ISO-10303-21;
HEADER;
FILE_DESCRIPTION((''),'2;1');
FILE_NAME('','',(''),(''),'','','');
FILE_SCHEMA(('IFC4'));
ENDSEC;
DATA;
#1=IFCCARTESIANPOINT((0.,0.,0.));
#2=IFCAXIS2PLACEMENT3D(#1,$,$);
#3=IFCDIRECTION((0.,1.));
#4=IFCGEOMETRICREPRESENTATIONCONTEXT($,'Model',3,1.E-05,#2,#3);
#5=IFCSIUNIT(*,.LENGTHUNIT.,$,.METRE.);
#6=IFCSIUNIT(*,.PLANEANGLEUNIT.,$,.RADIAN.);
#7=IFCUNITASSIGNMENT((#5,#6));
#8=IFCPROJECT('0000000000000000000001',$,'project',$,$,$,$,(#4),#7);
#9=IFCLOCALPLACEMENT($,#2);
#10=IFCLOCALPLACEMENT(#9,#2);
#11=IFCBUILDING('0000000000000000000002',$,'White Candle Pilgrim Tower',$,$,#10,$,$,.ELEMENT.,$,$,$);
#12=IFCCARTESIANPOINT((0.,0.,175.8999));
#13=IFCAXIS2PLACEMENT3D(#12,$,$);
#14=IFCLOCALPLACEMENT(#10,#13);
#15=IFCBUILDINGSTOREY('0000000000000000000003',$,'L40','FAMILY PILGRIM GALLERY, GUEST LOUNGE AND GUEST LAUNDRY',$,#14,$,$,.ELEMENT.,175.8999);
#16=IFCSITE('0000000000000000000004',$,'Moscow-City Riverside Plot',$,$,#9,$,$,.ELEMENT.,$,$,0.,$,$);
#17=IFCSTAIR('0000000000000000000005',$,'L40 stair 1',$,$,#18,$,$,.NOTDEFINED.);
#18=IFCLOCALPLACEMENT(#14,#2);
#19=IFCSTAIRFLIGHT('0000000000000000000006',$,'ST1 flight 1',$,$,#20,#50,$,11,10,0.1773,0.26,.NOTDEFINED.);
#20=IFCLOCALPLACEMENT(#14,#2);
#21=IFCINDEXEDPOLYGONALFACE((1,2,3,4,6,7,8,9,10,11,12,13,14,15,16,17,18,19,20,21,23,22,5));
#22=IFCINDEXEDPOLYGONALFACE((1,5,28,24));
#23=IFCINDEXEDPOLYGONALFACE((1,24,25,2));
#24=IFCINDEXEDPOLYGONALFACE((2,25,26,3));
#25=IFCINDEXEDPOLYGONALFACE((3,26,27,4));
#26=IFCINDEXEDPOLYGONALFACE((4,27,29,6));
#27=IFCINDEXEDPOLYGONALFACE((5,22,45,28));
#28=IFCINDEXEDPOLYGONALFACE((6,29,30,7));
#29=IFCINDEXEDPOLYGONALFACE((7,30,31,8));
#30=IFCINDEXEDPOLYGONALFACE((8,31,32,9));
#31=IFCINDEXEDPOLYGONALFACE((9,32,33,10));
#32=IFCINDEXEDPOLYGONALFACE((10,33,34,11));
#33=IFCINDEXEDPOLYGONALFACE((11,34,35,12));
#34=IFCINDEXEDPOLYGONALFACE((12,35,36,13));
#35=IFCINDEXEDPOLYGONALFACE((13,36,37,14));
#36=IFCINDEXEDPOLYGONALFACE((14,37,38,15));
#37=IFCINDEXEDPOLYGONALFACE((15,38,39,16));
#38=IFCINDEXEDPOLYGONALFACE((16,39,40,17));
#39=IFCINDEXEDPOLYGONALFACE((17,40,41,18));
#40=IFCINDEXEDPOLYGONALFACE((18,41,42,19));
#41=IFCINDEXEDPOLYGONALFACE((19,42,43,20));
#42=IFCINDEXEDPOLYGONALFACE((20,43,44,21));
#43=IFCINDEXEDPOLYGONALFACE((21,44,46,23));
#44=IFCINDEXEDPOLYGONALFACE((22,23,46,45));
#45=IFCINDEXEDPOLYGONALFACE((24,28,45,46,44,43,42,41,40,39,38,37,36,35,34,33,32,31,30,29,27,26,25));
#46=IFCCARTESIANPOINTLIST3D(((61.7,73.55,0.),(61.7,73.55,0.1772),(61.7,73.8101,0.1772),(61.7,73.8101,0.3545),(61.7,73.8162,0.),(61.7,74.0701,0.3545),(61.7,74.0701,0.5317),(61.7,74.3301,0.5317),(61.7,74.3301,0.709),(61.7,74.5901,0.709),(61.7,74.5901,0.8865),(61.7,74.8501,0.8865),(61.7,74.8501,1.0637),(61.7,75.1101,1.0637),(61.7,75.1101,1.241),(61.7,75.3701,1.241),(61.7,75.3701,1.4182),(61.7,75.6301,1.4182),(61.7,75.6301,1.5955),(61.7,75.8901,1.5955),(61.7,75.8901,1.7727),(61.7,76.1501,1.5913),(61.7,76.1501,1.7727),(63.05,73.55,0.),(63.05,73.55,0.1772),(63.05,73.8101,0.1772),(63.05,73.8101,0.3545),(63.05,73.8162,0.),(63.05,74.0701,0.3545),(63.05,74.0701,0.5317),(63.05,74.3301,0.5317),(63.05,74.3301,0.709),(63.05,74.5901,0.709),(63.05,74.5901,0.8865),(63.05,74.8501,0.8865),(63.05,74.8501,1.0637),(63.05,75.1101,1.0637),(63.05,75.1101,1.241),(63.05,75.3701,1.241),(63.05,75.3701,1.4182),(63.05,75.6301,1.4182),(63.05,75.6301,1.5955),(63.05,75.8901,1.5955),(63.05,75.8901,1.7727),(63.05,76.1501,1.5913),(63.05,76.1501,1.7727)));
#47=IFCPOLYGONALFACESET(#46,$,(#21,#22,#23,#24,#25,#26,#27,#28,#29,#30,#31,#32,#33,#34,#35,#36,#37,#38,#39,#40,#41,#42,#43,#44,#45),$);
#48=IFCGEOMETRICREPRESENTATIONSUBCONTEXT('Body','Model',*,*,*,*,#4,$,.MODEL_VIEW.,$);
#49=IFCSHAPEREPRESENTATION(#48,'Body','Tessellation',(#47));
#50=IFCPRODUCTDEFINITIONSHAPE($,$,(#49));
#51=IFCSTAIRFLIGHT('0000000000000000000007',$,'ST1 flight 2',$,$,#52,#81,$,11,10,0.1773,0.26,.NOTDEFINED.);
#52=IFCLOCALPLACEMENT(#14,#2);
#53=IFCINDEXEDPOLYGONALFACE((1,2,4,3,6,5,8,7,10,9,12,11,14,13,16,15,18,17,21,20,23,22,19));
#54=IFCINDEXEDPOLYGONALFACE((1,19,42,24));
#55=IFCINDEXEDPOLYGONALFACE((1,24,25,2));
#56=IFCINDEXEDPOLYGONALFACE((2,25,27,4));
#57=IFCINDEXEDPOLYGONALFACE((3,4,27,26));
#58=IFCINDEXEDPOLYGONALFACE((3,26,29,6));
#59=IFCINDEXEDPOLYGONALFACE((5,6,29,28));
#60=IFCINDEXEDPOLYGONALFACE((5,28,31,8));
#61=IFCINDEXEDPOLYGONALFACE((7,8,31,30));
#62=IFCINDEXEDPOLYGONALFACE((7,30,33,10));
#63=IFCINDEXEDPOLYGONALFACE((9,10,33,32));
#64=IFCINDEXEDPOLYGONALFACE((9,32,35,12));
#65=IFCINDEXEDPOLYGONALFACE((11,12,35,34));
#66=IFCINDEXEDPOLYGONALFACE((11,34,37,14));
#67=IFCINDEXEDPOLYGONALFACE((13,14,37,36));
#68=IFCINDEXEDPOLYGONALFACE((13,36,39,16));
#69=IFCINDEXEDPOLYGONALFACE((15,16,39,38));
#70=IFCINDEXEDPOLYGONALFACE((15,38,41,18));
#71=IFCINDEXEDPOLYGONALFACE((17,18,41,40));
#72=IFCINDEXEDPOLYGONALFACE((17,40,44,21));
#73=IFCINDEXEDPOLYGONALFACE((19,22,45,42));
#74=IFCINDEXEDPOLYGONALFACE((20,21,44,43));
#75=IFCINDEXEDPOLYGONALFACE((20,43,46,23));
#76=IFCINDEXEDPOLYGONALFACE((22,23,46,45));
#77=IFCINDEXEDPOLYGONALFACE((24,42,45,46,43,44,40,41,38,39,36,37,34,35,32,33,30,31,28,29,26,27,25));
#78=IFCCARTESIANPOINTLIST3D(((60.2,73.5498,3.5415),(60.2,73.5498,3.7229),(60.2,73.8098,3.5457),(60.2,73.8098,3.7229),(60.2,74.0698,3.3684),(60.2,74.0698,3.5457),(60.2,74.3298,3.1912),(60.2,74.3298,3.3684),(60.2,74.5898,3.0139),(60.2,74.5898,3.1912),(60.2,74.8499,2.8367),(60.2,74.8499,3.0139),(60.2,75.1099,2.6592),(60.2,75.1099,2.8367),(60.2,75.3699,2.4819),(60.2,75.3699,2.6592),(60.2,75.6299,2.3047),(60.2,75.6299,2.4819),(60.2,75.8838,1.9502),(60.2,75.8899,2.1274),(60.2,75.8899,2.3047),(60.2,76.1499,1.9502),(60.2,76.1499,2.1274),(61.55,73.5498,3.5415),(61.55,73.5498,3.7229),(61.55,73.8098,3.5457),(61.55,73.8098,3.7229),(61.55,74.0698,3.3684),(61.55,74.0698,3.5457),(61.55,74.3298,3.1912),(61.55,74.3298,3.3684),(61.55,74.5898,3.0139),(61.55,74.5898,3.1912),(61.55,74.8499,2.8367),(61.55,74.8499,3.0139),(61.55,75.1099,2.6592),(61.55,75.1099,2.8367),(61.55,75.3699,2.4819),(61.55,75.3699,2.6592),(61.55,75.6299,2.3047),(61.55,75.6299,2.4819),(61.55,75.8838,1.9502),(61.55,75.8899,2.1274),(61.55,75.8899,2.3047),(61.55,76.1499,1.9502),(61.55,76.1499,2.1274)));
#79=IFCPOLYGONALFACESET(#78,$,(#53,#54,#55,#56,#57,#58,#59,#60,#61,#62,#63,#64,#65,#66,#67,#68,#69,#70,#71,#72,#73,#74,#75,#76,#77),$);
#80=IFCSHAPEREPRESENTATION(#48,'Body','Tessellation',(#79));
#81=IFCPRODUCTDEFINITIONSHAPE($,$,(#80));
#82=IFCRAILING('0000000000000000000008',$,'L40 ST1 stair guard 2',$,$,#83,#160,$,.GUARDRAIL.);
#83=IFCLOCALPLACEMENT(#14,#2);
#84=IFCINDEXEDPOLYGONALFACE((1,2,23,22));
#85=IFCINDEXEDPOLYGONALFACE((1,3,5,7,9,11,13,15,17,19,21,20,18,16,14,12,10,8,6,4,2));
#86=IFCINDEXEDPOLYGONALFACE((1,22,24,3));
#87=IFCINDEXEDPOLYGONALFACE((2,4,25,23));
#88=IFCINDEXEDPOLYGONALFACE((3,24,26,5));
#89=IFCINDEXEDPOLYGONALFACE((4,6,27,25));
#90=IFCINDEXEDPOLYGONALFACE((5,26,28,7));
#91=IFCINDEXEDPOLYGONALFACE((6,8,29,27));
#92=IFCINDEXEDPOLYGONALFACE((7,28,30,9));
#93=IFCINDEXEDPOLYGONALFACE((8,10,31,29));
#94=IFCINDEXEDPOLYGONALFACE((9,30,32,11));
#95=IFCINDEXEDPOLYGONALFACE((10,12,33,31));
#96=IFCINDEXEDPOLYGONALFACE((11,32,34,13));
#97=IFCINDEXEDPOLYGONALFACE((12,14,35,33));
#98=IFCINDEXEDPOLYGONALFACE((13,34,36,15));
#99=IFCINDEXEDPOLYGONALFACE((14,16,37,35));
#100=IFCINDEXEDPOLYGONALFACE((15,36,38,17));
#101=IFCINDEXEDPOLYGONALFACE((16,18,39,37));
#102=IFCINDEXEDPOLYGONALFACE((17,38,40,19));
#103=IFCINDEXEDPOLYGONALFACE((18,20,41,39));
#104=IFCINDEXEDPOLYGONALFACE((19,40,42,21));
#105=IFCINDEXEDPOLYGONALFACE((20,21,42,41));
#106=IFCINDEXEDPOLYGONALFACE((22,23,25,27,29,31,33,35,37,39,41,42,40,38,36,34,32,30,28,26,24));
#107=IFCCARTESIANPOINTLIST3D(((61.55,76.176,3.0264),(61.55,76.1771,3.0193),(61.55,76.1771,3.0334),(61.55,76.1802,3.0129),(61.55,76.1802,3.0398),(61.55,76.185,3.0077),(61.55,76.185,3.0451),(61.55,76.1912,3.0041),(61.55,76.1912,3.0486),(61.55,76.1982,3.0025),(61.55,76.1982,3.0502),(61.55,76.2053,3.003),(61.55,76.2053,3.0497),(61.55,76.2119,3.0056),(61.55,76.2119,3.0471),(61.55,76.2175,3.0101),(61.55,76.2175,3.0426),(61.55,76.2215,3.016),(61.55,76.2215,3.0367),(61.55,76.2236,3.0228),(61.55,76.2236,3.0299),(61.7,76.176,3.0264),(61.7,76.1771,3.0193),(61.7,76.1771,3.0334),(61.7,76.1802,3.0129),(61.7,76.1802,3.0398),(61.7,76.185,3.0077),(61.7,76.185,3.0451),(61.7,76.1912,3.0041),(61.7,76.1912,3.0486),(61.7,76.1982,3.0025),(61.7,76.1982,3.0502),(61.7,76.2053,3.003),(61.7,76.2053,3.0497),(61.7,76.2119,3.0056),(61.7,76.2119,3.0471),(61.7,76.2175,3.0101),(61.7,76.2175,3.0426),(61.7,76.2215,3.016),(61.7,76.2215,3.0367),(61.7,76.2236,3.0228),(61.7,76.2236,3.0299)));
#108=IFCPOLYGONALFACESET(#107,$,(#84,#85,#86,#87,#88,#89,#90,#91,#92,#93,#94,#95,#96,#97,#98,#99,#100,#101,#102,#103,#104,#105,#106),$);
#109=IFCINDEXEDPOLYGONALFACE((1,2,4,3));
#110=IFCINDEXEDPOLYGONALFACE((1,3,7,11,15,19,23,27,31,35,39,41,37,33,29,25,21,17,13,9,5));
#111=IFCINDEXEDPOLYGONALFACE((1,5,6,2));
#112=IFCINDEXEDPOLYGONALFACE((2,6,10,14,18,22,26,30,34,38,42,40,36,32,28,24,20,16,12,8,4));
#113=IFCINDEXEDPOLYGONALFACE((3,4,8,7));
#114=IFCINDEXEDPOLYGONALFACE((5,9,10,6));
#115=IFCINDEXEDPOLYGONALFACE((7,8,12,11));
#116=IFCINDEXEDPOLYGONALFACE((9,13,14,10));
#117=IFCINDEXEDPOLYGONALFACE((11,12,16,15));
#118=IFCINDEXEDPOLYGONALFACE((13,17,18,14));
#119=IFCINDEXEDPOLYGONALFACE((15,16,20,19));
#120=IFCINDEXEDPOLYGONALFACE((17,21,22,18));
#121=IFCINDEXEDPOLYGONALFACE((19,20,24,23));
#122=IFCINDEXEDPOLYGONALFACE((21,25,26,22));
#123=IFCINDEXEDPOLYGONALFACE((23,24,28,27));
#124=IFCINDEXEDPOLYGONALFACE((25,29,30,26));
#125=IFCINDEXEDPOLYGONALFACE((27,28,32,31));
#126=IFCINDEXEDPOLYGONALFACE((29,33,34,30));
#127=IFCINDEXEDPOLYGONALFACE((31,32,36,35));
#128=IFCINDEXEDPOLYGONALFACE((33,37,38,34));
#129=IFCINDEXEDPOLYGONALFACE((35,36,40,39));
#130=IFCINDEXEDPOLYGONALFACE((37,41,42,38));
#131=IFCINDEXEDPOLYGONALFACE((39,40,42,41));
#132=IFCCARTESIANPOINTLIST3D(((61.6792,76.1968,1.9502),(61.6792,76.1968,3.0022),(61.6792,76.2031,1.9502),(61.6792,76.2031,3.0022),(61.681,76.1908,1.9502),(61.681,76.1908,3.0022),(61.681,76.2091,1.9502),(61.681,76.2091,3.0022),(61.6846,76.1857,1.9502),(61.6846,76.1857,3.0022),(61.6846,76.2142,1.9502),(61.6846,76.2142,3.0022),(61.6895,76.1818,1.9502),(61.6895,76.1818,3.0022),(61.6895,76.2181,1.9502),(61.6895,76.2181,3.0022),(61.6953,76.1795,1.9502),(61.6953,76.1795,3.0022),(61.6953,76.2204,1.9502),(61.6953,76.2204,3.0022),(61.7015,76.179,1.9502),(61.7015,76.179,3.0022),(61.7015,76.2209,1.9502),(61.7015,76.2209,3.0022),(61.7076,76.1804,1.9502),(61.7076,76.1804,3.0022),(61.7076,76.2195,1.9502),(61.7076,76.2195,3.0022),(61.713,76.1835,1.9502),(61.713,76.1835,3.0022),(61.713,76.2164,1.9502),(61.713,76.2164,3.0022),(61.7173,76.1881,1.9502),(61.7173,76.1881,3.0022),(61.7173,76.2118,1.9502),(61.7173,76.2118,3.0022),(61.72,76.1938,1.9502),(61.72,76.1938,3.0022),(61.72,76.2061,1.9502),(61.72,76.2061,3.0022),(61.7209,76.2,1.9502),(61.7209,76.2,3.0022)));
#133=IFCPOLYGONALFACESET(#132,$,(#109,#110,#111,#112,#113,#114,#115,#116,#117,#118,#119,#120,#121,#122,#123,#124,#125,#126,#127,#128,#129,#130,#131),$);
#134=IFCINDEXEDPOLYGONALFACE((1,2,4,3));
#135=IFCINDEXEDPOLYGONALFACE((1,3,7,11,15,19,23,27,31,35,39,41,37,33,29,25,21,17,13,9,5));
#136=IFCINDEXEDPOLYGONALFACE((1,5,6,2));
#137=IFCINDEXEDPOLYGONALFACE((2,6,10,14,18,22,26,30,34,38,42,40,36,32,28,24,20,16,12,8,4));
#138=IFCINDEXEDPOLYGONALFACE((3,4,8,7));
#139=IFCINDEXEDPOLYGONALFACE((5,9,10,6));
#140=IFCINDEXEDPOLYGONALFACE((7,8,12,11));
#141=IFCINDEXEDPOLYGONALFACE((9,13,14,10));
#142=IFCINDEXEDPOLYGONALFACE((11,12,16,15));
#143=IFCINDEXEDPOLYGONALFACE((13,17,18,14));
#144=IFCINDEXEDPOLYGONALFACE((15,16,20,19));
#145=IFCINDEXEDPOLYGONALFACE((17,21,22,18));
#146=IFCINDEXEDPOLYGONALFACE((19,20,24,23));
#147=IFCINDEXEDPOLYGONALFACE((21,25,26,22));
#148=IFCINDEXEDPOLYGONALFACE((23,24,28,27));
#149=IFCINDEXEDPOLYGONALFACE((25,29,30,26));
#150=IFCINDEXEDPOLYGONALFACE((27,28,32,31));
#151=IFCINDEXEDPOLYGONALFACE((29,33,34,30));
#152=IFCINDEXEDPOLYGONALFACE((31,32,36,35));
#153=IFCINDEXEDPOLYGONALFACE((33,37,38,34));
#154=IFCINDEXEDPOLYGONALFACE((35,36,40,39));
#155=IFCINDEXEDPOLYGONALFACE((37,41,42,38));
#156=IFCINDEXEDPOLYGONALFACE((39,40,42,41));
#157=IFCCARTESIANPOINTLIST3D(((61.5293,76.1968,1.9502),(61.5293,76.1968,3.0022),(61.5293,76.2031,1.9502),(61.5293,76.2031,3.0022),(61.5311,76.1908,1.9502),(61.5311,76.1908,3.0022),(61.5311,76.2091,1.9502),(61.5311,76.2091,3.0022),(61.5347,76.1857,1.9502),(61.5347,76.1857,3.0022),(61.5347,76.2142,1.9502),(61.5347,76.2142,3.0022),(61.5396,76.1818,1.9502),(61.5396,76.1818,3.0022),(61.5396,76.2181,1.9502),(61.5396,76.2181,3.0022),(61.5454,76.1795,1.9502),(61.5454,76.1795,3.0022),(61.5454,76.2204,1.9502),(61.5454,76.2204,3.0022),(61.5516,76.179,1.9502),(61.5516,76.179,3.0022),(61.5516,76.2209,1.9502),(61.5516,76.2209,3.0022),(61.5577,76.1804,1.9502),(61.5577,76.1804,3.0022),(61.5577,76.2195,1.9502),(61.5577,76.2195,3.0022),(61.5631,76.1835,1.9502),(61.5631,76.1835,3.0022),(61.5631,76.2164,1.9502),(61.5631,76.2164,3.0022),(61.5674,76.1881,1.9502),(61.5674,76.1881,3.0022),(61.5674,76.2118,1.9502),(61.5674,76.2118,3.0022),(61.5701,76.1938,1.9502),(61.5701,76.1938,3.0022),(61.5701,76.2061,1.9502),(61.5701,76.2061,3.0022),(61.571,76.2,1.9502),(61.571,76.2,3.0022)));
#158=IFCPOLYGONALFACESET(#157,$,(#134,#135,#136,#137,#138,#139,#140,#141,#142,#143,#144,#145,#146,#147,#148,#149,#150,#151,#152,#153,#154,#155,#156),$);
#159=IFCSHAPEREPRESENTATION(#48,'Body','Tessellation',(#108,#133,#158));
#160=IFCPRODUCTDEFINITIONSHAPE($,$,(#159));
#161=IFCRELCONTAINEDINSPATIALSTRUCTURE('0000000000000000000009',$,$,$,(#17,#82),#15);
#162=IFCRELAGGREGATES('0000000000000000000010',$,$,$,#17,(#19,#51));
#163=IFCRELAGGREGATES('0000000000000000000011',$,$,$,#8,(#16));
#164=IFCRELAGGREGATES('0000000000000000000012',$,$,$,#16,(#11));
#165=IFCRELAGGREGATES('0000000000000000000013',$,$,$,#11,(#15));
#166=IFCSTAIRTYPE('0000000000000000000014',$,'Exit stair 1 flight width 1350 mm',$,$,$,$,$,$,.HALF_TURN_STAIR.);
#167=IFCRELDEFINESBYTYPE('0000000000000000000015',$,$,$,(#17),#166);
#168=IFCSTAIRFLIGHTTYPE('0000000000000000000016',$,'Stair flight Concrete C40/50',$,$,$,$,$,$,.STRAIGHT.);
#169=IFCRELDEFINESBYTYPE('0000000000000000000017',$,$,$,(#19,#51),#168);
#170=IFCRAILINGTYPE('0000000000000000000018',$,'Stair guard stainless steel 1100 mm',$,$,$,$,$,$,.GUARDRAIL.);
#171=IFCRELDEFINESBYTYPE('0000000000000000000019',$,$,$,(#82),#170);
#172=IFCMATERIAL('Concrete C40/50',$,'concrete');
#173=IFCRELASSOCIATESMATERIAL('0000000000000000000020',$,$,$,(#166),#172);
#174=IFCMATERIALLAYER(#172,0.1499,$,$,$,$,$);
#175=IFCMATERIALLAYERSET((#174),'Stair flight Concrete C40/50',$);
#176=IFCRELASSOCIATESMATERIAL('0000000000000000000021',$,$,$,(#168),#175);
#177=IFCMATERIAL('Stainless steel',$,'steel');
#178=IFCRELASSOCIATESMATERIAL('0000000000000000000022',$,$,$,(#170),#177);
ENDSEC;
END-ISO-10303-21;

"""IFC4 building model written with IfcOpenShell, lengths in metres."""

from ifc_helpers import new_model, si_unit, direction, frame, origin, origin_2d, place, context, subcontext, project, spatial, polyline, circle, outline, extrude, material, layer, layer_set, type_object, element, aggregate, save


model = new_model("IFC4")

# Units and contexts
model_context = context("Model", 3, precision=1e-05, world=origin(), true_north=direction((0.0, 1.0)))
body_context = subcontext(model_context, "Body", "Model", "MODEL_VIEW")
ifc_project = project(units=[si_unit("LENGTHUNIT", "METRE"), si_unit("PLANEANGLEUNIT", "RADIAN")], contexts=[model_context])

# Site, building, storey
site_placement = place(None, origin())
site = spatial("IfcSite", under=ifc_project, at=site_placement, Name="Moscow-City Riverside Plot", CompositionType="ELEMENT", RefElevation=0.0)
building_placement = place(site_placement, origin())
building = spatial("IfcBuilding", under=site, at=building_placement, Name="White Candle Pilgrim Tower", CompositionType="ELEMENT")
storey_placement = place(building_placement, frame((0.0, 0.0, 175.8999)))
storey = spatial("IfcBuildingStorey", under=building, at=storey_placement, Name="L40", Description="FAMILY PILGRIM GALLERY, GUEST LOUNGE AND GUEST LAUNDRY", CompositionType="ELEMENT", Elevation=175.8999)

# Shared definitions
ifc_material_1 = material(Name="Stainless steel", Category="steel")

# Stair, stair flights
ifc_material_2 = material(Name="Concrete C40/50", Category="concrete")
stair_type = type_object("IfcStairType", Name="Exit stair 1 flight width 1350 mm", PredefinedType="HALF_TURN_STAIR", material=ifc_material_2)
stair_placement = place(storey_placement, origin())
stair = element("IfcStair", 1, at=stair_placement, inside=storey, type_object=stair_type, Name="L40 stair 1", PredefinedType="NOTDEFINED")
ifc_layer_1 = layer(ifc_material_2, 0.1499)
ifc_layer_set_1 = layer_set([ifc_layer_1], Name="Stair flight Concrete C40/50")
stair_flight_type = type_object("IfcStairFlightType", Name="Stair flight Concrete C40/50", PredefinedType="STRAIGHT", material=ifc_layer_set_1)
stair_flight_1_placement = place(storey_placement, frame((62.375, 73.55, 0.0), z_axis=(0.0, 0.0, 1.0), x_axis=(0.0, 1.0, 0.0)))
stair_flight_1 = element("IfcStairFlight", 2, at=stair_flight_1_placement, type_object=stair_flight_type, Name="ST1 flight 1", NumberOfRisers=11, NumberOfTreads=10, PredefinedType="NOTDEFINED", RiserHeight=0.1773, TreadLength=0.26, context=body_context, shape_type="SweptSolid", body=[
    extrude(outline(polyline([(0.0, 0.0), (0.0, 0.1772), (0.26, 0.1772), (0.26, 0.3545), (0.52, 0.3545), (0.52, 0.5317), (0.78, 0.5317), (0.78, 0.709), (1.04, 0.709), (1.04, 0.8865), (1.3, 0.8865), (1.3, 1.0637), (1.5601, 1.0637), (1.5601, 1.241), (1.8201, 1.241), (1.8201, 1.4182), (2.0801, 1.4182), (2.0801, 1.5955), (2.3401, 1.5955), (2.3401, 1.7727), (2.6001, 1.7727), (2.6001, 1.95), (2.6001, 1.5913), (0.2661, 0.0), (0.0, 0.0)])), frame((0.0, 0.675, 0.0), z_axis=(0.0, -1.0, 0.0), x_axis=(1.0, 0.0, 0.0)), (0.0, 0.0, 1.0), 1.3501),
])
stair_flight_2_placement = place(storey_placement, frame((60.875, 76.1499, 1.9502), z_axis=(0.0, 0.0, 1.0), x_axis=(0.0, -1.0, 0.0)))
stair_flight_2 = element("IfcStairFlight", 3, at=stair_flight_2_placement, type_object=stair_flight_type, Name="ST1 flight 2", NumberOfRisers=11, NumberOfTreads=10, PredefinedType="NOTDEFINED", RiserHeight=0.1773, TreadLength=0.26, context=body_context, shape_type="SweptSolid", body=[
    extrude(outline(polyline([(0.0, 0.0), (0.0, 0.1772), (0.26, 0.1772), (0.26, 0.3545), (0.52, 0.3545), (0.52, 0.5317), (0.78, 0.5317), (0.78, 0.709), (1.04, 0.709), (1.04, 0.8865), (1.3, 0.8865), (1.3, 1.0637), (1.5601, 1.0637), (1.5601, 1.241), (1.8201, 1.241), (1.8201, 1.4182), (2.0801, 1.4182), (2.0801, 1.5955), (2.3401, 1.5955), (2.3401, 1.7727), (2.6001, 1.7727), (2.6001, 1.95), (2.6001, 1.5913), (0.2661, 0.0), (0.0, 0.0)])), frame((0.0, 0.675, 0.0), z_axis=(0.0, -1.0, 0.0), x_axis=(1.0, 0.0, 0.0)), (0.0, 0.0, 1.0), 1.3501),
])
aggregate(stair, [stair_flight_1, stair_flight_2])

# Railing
railing_type_1 = type_object("IfcRailingType", Name="Stair guard stainless steel 1100 mm", PredefinedType="GUARDRAIL", material=ifc_material_1)
railing_1_placement = place(storey_placement, frame((61.7, 76.2, 1.9502)))
element("IfcRailing", 4, at=railing_1_placement, inside=storey, type_object=railing_type_1, Name="L40 ST1 stair guard 2", PredefinedType="GUARDRAIL", context=body_context, shape_type="SweptSolid", body=[
    extrude(circle(Radius=0.0239, at=origin_2d()), frame((0.0, 0.0, 1.0762), z_axis=(-1.0, 0.0, 0.0), x_axis=(0.0, -1.0, 0.0)), (0.0, 0.0, 1.0), 0.1499),
    extrude(circle(Radius=0.021, at=origin_2d()), origin(), (0.0, 0.0, 1.0), 1.052),
    extrude(circle(Radius=0.021, at=origin_2d()), frame((-0.1499, 0.0, 0.0)), (0.0, 0.0, 1.0), 1.052),
])

save(model, "model.ifc")
